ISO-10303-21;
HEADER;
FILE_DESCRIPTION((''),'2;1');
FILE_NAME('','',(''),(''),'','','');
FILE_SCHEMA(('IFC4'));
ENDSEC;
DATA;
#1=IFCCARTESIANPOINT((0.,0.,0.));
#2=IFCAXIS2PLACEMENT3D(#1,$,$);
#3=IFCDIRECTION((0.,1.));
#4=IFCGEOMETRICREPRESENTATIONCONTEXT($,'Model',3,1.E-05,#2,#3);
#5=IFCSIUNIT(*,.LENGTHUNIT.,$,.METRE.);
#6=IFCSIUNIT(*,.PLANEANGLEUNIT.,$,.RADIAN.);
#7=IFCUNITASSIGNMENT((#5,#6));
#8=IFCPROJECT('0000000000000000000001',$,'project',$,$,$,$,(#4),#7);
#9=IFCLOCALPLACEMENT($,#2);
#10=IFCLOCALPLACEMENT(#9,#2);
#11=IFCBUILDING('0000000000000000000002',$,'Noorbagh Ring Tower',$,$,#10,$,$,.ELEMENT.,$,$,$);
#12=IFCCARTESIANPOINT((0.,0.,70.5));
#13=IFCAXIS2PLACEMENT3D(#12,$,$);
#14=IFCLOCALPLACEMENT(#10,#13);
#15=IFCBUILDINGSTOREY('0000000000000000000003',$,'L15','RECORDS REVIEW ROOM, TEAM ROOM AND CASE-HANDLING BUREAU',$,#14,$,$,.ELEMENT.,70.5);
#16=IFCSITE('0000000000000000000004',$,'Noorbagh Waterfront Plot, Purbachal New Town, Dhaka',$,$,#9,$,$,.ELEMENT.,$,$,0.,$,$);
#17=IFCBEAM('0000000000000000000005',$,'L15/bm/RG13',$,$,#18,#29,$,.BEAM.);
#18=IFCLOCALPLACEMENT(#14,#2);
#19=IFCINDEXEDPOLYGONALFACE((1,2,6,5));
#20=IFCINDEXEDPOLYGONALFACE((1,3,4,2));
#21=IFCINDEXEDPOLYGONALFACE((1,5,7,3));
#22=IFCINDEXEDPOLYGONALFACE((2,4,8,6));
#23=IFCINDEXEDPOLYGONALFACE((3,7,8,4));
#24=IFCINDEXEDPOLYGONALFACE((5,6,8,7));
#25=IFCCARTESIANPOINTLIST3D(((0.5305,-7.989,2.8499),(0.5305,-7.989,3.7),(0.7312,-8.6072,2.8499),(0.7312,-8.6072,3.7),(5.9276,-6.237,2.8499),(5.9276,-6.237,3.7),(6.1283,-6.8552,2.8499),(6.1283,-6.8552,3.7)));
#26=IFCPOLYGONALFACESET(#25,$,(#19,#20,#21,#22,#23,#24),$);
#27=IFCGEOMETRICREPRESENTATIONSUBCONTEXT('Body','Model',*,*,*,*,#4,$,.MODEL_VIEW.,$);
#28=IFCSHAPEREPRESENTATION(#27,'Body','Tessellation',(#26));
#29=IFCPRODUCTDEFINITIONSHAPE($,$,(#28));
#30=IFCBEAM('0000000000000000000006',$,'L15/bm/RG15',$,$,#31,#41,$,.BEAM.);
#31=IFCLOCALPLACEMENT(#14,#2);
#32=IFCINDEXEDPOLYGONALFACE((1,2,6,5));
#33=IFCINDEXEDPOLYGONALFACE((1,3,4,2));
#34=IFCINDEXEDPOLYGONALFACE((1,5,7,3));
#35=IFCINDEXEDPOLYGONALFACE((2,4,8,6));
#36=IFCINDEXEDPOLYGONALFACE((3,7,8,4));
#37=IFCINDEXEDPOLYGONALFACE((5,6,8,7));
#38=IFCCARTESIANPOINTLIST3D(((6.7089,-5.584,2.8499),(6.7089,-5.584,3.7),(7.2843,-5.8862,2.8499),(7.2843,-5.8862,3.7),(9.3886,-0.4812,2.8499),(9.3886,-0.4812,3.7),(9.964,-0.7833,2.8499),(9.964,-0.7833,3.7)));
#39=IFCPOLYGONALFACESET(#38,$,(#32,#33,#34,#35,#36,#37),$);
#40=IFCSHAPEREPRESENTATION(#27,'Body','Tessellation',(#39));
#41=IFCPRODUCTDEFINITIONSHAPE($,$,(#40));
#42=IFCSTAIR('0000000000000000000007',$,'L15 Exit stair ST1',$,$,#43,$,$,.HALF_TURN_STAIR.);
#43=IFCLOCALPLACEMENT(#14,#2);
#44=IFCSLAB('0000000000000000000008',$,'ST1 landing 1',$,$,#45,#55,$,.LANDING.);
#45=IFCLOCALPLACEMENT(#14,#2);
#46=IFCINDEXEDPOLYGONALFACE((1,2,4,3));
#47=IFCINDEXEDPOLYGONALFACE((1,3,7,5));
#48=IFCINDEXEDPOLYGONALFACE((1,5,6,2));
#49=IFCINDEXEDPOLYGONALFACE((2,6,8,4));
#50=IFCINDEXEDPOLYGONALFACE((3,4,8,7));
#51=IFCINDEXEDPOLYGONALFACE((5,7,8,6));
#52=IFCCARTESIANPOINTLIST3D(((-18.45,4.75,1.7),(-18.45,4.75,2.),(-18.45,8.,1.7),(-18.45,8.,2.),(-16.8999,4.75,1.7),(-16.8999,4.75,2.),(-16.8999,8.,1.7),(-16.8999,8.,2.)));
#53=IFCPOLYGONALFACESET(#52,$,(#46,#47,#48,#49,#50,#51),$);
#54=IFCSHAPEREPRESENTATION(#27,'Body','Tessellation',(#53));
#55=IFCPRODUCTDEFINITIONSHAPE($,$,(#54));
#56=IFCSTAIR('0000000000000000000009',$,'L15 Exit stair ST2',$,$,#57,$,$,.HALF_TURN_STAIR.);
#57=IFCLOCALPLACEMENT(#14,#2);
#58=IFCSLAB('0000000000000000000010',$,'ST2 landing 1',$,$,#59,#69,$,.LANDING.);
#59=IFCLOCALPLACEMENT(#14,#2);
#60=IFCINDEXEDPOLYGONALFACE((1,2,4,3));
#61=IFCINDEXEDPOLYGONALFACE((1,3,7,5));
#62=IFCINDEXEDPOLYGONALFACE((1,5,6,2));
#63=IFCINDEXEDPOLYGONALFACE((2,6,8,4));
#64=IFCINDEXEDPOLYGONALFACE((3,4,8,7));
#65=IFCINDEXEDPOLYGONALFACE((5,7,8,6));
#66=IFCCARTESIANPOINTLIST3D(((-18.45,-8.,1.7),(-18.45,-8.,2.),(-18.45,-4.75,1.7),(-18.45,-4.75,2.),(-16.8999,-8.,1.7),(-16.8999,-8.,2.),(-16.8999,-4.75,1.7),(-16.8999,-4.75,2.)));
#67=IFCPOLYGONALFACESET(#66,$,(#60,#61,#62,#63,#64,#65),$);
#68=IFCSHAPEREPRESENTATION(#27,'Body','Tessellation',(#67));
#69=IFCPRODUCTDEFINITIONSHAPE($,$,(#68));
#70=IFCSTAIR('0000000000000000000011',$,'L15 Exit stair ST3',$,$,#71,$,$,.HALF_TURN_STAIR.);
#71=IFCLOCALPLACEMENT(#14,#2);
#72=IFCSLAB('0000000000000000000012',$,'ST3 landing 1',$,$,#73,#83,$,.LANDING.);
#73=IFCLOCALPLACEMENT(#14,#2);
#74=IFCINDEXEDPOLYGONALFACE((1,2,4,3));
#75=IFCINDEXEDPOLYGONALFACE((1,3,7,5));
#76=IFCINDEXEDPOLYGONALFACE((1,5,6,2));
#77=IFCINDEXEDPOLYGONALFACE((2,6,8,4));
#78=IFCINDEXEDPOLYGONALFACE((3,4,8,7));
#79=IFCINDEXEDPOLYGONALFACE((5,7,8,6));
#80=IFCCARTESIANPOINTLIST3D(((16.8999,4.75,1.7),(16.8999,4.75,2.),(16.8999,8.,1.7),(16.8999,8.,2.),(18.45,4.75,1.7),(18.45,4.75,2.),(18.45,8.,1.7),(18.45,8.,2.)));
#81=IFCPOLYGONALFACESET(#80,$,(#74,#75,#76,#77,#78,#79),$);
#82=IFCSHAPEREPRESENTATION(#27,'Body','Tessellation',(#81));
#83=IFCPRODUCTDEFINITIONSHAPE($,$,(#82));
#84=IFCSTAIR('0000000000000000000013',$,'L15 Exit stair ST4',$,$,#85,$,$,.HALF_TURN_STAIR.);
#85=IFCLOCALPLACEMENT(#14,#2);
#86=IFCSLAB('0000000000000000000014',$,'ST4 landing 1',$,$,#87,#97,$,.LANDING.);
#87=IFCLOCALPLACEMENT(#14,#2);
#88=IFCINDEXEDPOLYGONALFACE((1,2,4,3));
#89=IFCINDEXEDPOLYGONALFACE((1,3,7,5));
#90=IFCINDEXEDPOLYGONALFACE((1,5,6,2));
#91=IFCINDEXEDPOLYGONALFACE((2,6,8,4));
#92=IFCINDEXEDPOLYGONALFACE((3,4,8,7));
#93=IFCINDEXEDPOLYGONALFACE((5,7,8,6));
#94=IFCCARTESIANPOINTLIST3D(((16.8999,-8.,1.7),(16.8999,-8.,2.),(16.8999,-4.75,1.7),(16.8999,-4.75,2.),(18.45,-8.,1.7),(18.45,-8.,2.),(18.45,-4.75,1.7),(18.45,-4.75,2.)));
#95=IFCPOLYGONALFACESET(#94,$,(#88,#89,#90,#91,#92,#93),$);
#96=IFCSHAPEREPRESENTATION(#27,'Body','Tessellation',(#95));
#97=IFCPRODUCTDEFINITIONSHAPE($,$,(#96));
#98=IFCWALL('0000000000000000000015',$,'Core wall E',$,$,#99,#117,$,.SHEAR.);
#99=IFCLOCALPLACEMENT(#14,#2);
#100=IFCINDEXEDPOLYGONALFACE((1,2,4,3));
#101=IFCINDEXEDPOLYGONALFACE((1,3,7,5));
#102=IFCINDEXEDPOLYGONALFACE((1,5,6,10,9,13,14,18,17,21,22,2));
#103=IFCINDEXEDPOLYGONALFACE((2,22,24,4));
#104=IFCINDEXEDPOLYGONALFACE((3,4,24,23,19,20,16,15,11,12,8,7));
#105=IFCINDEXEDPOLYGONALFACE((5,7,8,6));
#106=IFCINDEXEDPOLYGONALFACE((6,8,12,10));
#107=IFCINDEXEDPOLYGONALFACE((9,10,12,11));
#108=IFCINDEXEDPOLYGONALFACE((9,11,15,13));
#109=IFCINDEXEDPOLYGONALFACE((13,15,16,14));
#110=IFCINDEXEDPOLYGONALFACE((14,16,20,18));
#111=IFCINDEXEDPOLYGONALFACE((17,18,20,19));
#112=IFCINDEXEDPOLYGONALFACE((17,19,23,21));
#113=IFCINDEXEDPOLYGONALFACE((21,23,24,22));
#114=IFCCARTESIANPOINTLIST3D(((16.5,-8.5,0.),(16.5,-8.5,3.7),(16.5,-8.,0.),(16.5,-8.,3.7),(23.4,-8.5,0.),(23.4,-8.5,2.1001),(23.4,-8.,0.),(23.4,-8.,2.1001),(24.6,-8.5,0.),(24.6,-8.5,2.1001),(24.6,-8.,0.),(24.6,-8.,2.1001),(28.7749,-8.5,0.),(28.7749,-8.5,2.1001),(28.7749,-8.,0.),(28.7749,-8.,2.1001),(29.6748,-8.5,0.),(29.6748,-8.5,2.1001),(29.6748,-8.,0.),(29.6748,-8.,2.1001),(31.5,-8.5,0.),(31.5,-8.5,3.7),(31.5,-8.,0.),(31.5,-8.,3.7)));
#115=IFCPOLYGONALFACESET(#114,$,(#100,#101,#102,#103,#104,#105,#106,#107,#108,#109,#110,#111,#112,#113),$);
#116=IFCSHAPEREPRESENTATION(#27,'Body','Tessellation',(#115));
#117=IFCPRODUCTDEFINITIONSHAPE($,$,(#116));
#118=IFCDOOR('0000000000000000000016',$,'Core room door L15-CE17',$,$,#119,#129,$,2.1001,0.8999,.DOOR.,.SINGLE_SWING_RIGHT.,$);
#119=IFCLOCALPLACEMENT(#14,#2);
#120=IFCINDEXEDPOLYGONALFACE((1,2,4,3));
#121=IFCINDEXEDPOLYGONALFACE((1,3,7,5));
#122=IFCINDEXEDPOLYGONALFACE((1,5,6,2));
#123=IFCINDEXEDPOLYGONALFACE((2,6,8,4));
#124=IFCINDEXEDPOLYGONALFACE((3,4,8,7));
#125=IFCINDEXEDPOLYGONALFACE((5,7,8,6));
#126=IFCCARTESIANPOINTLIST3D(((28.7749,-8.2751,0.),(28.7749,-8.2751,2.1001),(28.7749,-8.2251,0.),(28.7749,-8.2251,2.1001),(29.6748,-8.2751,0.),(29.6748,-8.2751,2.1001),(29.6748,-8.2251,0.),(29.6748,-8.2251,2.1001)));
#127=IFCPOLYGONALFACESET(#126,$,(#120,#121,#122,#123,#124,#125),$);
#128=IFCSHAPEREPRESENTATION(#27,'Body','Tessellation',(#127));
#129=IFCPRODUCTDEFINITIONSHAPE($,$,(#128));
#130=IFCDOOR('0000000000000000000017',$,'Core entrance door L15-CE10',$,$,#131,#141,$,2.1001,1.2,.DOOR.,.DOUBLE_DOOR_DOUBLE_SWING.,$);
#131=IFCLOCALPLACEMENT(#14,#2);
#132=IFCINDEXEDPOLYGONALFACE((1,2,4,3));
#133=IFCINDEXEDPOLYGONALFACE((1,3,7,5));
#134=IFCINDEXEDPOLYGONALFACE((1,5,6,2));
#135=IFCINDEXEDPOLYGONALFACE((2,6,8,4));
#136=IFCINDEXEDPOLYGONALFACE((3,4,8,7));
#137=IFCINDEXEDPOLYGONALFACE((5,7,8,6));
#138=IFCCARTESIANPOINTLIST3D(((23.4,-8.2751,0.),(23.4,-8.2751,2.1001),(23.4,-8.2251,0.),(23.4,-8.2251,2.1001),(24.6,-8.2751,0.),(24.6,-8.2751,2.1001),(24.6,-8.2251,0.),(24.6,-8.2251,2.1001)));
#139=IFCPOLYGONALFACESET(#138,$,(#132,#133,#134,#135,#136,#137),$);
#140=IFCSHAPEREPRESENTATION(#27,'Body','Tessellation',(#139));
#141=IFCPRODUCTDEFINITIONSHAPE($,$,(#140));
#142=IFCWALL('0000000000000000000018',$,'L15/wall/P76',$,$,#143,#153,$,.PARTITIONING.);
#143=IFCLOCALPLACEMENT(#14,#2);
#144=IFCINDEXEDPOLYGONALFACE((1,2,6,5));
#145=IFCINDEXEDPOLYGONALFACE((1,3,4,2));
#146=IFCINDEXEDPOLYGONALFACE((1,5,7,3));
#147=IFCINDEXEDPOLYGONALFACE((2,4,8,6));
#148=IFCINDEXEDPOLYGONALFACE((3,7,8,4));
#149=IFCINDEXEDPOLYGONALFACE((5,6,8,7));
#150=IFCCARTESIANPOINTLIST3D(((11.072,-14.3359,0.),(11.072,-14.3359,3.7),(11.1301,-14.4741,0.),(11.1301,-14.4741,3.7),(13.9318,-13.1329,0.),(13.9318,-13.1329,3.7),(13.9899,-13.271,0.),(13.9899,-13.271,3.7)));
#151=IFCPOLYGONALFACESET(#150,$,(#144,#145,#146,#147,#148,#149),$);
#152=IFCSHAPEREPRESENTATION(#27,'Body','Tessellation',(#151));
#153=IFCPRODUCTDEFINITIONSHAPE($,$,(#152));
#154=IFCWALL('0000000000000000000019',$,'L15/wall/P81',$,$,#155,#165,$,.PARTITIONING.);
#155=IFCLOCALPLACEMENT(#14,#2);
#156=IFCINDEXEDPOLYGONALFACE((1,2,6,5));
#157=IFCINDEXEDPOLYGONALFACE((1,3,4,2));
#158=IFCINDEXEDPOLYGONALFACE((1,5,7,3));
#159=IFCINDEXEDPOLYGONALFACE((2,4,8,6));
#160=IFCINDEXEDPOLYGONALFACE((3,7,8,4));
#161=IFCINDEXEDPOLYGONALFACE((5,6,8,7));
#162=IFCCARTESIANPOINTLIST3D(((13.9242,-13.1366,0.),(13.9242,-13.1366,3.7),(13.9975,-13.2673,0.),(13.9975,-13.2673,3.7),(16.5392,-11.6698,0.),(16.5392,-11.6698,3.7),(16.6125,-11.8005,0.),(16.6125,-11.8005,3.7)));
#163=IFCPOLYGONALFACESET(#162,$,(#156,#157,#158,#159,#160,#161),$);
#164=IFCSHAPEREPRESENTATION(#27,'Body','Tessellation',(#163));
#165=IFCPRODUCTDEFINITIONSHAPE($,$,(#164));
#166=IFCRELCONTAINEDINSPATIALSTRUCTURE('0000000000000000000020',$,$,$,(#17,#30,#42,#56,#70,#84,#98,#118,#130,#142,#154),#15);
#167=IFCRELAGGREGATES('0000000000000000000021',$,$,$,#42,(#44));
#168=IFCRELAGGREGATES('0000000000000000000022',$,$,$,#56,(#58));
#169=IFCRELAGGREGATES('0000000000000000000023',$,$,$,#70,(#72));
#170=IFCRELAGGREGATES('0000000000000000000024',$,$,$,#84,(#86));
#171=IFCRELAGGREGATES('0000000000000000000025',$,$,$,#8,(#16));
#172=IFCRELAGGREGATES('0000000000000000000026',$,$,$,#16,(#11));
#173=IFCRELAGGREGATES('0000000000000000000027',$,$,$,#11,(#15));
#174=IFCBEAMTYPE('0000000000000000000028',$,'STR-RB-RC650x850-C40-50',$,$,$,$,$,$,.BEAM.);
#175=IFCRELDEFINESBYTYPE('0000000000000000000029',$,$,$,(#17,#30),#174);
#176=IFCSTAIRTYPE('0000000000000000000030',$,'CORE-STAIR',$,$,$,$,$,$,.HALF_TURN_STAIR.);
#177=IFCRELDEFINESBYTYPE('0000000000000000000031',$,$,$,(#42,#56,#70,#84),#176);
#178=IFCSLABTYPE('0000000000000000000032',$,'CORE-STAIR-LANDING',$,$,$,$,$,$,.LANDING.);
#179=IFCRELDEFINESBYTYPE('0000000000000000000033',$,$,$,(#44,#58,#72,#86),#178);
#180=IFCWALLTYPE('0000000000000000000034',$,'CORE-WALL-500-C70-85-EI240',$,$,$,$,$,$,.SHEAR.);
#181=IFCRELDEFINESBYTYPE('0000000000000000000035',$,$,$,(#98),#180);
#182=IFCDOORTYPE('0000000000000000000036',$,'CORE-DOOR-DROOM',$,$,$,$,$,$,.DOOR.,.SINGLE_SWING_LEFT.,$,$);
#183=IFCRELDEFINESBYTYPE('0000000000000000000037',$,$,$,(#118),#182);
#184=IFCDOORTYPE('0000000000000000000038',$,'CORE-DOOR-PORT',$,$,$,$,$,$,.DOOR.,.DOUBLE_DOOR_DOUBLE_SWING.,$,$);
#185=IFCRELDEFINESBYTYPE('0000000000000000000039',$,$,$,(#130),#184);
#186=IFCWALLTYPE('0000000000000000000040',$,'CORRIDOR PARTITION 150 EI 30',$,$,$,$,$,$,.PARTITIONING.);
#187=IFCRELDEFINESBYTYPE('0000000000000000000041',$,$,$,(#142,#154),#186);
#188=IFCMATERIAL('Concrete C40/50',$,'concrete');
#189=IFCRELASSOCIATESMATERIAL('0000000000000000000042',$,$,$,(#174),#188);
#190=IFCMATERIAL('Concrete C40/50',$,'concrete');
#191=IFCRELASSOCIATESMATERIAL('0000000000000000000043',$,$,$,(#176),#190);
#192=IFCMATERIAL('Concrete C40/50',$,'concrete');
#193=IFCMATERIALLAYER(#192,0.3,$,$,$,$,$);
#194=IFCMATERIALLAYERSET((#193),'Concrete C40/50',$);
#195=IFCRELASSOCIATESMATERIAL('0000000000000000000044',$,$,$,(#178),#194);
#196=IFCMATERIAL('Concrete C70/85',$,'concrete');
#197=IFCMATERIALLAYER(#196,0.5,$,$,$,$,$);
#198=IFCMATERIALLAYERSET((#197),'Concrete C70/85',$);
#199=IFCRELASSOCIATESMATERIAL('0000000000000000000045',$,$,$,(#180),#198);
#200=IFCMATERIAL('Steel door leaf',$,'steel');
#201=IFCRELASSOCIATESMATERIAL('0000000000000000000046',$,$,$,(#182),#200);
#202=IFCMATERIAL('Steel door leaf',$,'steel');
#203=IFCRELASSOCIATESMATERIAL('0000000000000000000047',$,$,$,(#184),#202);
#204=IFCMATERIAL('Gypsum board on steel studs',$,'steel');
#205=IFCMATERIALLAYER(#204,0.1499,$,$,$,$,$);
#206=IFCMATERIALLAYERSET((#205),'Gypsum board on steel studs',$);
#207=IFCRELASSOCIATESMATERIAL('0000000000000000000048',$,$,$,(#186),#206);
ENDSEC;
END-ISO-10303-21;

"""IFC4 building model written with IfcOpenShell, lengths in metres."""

from ifc_helpers import new_model, si_unit, direction, frame, frame_2d, origin, origin_2d, place, context, subcontext, project, spatial, polyline, rectangle, outline, extrude, material, layer, layer_set, material_profile, profile_set, type_object, element, fill, aggregate, save


model = new_model("IFC4")

# Units and contexts
model_context = context("Model", 3, precision=1e-05, world=origin(), true_north=direction((0.0, 1.0)))
body_context = subcontext(model_context, "Body", "Model", "MODEL_VIEW")
ifc_project = project(units=[si_unit("LENGTHUNIT", "METRE"), si_unit("PLANEANGLEUNIT", "RADIAN")], contexts=[model_context])

# Site, building, storey
site_placement = place(None, origin())
site = spatial("IfcSite", under=ifc_project, at=site_placement, Name="Noorbagh Waterfront Plot, Purbachal New Town, Dhaka", CompositionType="ELEMENT", RefElevation=0.0)
building_placement = place(site_placement, origin())
building = spatial("IfcBuilding", under=site, at=building_placement, Name="Noorbagh Ring Tower", CompositionType="ELEMENT")
storey_placement = place(building_placement, frame((0.0, 0.0, 70.5)))
storey = spatial("IfcBuildingStorey", under=building, at=storey_placement, Name="L15", Description="RECORDS REVIEW ROOM, TEAM ROOM AND CASE-HANDLING BUREAU", CompositionType="ELEMENT", Elevation=70.5)

# Beams
ifc_material_1 = material(Name="Concrete C40/50", Category="concrete")
ifc_material_profile_1 = material_profile(ifc_material_1, rectangle(XDim=0.6499, YDim=0.8501, at=origin_2d()), Name="RC650x850")
ifc_profile_set_1 = profile_set([ifc_material_profile_1], Name="Concrete C40/50")
beam_type = type_object("IfcBeamType", Name="STR-RB-RC650x850-C40-50", PredefinedType="BEAM", material=ifc_profile_set_1)
beam_1_placement = place(storey_placement, frame((0.6309, -8.2981, 3.2749), z_axis=(0.951141, 0.308757, 0.0), x_axis=(-0.308757, 0.951141, 0.0)))
element("IfcBeam", 1, at=beam_1_placement, inside=storey, type_object=beam_type, Name="L15/bm/RG13", PredefinedType="BEAM", context=body_context, shape_type="SweptSolid", body=[
    extrude(rectangle(XDim=0.6499, YDim=0.8501, at=origin_2d()), origin(), (0.0, 0.0, 1.0), 5.6743),
])
beam_2_placement = place(storey_placement, frame((6.9966, -5.7351, 3.2749), z_axis=(0.464933, 0.885346, 0.0), x_axis=(-0.885346, 0.464933, 0.0)))
element("IfcBeam", 2, at=beam_2_placement, inside=storey, type_object=beam_type, Name="L15/bm/RG15", PredefinedType="BEAM", context=body_context, shape_type="SweptSolid", body=[
    extrude(rectangle(XDim=0.6499, YDim=0.8501, at=origin_2d()), origin(), (0.0, 0.0, 1.0), 5.7637),
])

# Stairs, slabs
ifc_material_2 = material(Name="Concrete C40/50", Category="concrete")
stair_type = type_object("IfcStairType", Name="CORE-STAIR", PredefinedType="HALF_TURN_STAIR", material=ifc_material_2)
stair_1_placement = place(storey_placement, origin())
stair_1 = element("IfcStair", 3, at=stair_1_placement, inside=storey, type_object=stair_type, Name="L15 Exit stair ST1", PredefinedType="HALF_TURN_STAIR")
ifc_material_3 = material(Name="Concrete C40/50", Category="concrete")
ifc_layer_1 = layer(ifc_material_3, 0.3)
ifc_layer_set_1 = layer_set([ifc_layer_1], Name="Concrete C40/50")
slab_type = type_object("IfcSlabType", Name="CORE-STAIR-LANDING", PredefinedType="LANDING", material=ifc_layer_set_1)
slab_1_placement = place(storey_placement, frame((0.0, 0.0, 1.7)))
slab_1 = element("IfcSlab", 4, at=slab_1_placement, type_object=slab_type, Name="ST1 landing 1", PredefinedType="LANDING", context=body_context, shape_type="SweptSolid", body=[
    extrude(outline(polyline([(-18.45, 4.75), (-16.8999, 4.75), (-16.8999, 8.0), (-18.45, 8.0), (-18.45, 4.75)])), origin(), (0.0, 0.0, 1.0), 0.3),
])
aggregate(stair_1, [slab_1])
stair_2_placement = place(storey_placement, origin())
stair_2 = element("IfcStair", 5, at=stair_2_placement, inside=storey, type_object=stair_type, Name="L15 Exit stair ST2", PredefinedType="HALF_TURN_STAIR")
slab_2_placement = place(storey_placement, frame((0.0, 0.0, 1.7)))
slab_2 = element("IfcSlab", 6, at=slab_2_placement, type_object=slab_type, Name="ST2 landing 1", PredefinedType="LANDING", context=body_context, shape_type="SweptSolid", body=[
    extrude(outline(polyline([(-18.45, -8.0), (-16.8999, -8.0), (-16.8999, -4.75), (-18.45, -4.75), (-18.45, -8.0)])), origin(), (0.0, 0.0, 1.0), 0.3),
])
aggregate(stair_2, [slab_2])
stair_3_placement = place(storey_placement, origin())
stair_3 = element("IfcStair", 7, at=stair_3_placement, inside=storey, type_object=stair_type, Name="L15 Exit stair ST3", PredefinedType="HALF_TURN_STAIR")
slab_3_placement = place(storey_placement, frame((0.0, 0.0, 1.7)))
slab_3 = element("IfcSlab", 8, at=slab_3_placement, type_object=slab_type, Name="ST3 landing 1", PredefinedType="LANDING", context=body_context, shape_type="SweptSolid", body=[
    extrude(outline(polyline([(18.45, 8.0), (16.8999, 8.0), (16.8999, 4.75), (18.45, 4.75), (18.45, 8.0)])), origin(), (0.0, 0.0, 1.0), 0.3),
])
aggregate(stair_3, [slab_3])
stair_4_placement = place(storey_placement, origin())
stair_4 = element("IfcStair", 9, at=stair_4_placement, inside=storey, type_object=stair_type, Name="L15 Exit stair ST4", PredefinedType="HALF_TURN_STAIR")
slab_4_placement = place(storey_placement, frame((0.0, 0.0, 1.7)))
slab_4 = element("IfcSlab", 10, at=slab_4_placement, type_object=slab_type, Name="ST4 landing 1", PredefinedType="LANDING", context=body_context, shape_type="SweptSolid", body=[
    extrude(outline(polyline([(18.45, -4.75), (16.8999, -4.75), (16.8999, -8.0), (18.45, -8.0), (18.45, -4.75)])), origin(), (0.0, 0.0, 1.0), 0.3),
])
aggregate(stair_4, [slab_4])

# Wall, openings, doors
ifc_material_4 = material(Name="Concrete C70/85", Category="concrete")
ifc_layer_2 = layer(ifc_material_4, 0.5)
ifc_layer_set_2 = layer_set([ifc_layer_2], Name="Concrete C70/85")
wall_type_1 = type_object("IfcWallType", Name="CORE-WALL-500-C70-85-EI240", PredefinedType="SHEAR", material=ifc_layer_set_2)
wall_1_placement = place(storey_placement, frame((16.5, -8.25, 0.0), z_axis=(0.0, 0.0, 1.0), x_axis=(1.0, 0.0, 0.0)))
wall_1 = element("IfcWall", 11, at=wall_1_placement, inside=storey, type_object=wall_type_1, Name="Core wall E", PredefinedType="SHEAR", context=body_context, shape_type="SweptSolid", body=[
    extrude(rectangle(XDim=15.0, YDim=0.5, at=frame_2d((7.5, 0.0))), origin(), (0.0, 0.0, 1.0), 3.7),
])
opening_1_placement = place(wall_1_placement, frame((6.8999, 0.0, 0.0)))
opening_1 = element("IfcOpeningElement", 12, at=opening_1_placement, cuts=wall_1, PredefinedType="OPENING", context=body_context, shape_type="SweptSolid", body=[
    extrude(rectangle(XDim=1.2, YDim=2.1001, at=frame_2d((0.6001, 1.05))), frame((0.0, 0.26, 0.0), z_axis=(0.0, -1.0, 0.0), x_axis=(1.0, 0.0, 0.0)), (0.0, 0.0, 1.0), 0.52),
])
opening_2_placement = place(wall_1_placement, frame((12.2749, 0.0, 0.0)))
opening_2 = element("IfcOpeningElement", 13, at=opening_2_placement, cuts=wall_1, PredefinedType="OPENING", context=body_context, shape_type="SweptSolid", body=[
    extrude(rectangle(XDim=0.8999, YDim=2.1001, at=frame_2d((0.45, 1.05))), frame((0.0, 0.26, 0.0), z_axis=(0.0, -1.0, 0.0), x_axis=(1.0, 0.0, 0.0)), (0.0, 0.0, 1.0), 0.52),
])
ifc_material_5 = material(Name="Steel door leaf", Category="steel")
door_type_1 = type_object("IfcDoorType", Name="CORE-DOOR-DROOM", OperationType="SINGLE_SWING_LEFT", PredefinedType="DOOR", material=ifc_material_5)
door_1_placement = place(opening_2_placement, origin())
door_1 = element("IfcDoor", 14, at=door_1_placement, inside=storey, type_object=door_type_1, Name="Core room door L15-CE17", OperationType="SINGLE_SWING_RIGHT", OverallHeight=2.1001, OverallWidth=0.8999, PredefinedType="DOOR", context=body_context, shape_type="SweptSolid", body=[
    extrude(rectangle(XDim=0.8999, YDim=2.1001, at=frame_2d((0.45, 1.05))), frame((0.0, 0.0249, 0.0), z_axis=(0.0, -1.0, 0.0), x_axis=(1.0, 0.0, 0.0)), (0.0, 0.0, 1.0), 0.05),
])
fill(opening_2, door_1)
ifc_material_6 = material(Name="Steel door leaf", Category="steel")
door_type_2 = type_object("IfcDoorType", Name="CORE-DOOR-PORT", OperationType="DOUBLE_DOOR_DOUBLE_SWING", PredefinedType="DOOR", material=ifc_material_6)
door_2_placement = place(opening_1_placement, origin())
door_2 = element("IfcDoor", 15, at=door_2_placement, inside=storey, type_object=door_type_2, Name="Core entrance door L15-CE10", OperationType="DOUBLE_DOOR_DOUBLE_SWING", OverallHeight=2.1001, OverallWidth=1.2, PredefinedType="DOOR", context=body_context, shape_type="SweptSolid", body=[
    extrude(rectangle(XDim=1.2, YDim=2.1001, at=frame_2d((0.6001, 1.05))), frame((0.0, 0.0249, 0.0), z_axis=(0.0, -1.0, 0.0), x_axis=(1.0, 0.0, 0.0)), (0.0, 0.0, 1.0), 0.05),
])
fill(opening_1, door_2)

# Walls
ifc_material_7 = material(Name="Gypsum board on steel studs", Category="steel")
ifc_layer_3 = layer(ifc_material_7, 0.1499)
ifc_layer_set_3 = layer_set([ifc_layer_3], Name="Gypsum board on steel studs")
wall_type_2 = type_object("IfcWallType", Name="CORRIDOR PARTITION 150 EI 30", PredefinedType="PARTITIONING", material=ifc_layer_set_3)
wall_2_placement = place(storey_placement, frame((11.1011, -14.405, 0.0), z_axis=(0.0, 0.0, 1.0), x_axis=(0.921754, 0.387776, 0.0)))
element("IfcWall", 16, at=wall_2_placement, inside=storey, type_object=wall_type_2, Name="L15/wall/P76", PredefinedType="PARTITIONING", context=body_context, shape_type="SweptSolid", body=[
    extrude(rectangle(XDim=3.1025, YDim=0.1499, at=frame_2d((1.5513, 0.0))), origin(), (0.0, 0.0, 1.0), 3.7),
])
wall_3_placement = place(storey_placement, frame((13.9609, -13.2019, 0.0), z_axis=(0.0, 0.0, 1.0), x_axis=(0.872164, 0.489213, 0.0)))
element("IfcWall", 17, at=wall_3_placement, inside=storey, type_object=wall_type_2, Name="L15/wall/P81", PredefinedType="PARTITIONING", context=body_context, shape_type="SweptSolid", body=[
    extrude(rectangle(XDim=2.9983, YDim=0.1499, at=frame_2d((1.499, 0.0))), origin(), (0.0, 0.0, 1.0), 3.7),
])

save(model, "model.ifc")
